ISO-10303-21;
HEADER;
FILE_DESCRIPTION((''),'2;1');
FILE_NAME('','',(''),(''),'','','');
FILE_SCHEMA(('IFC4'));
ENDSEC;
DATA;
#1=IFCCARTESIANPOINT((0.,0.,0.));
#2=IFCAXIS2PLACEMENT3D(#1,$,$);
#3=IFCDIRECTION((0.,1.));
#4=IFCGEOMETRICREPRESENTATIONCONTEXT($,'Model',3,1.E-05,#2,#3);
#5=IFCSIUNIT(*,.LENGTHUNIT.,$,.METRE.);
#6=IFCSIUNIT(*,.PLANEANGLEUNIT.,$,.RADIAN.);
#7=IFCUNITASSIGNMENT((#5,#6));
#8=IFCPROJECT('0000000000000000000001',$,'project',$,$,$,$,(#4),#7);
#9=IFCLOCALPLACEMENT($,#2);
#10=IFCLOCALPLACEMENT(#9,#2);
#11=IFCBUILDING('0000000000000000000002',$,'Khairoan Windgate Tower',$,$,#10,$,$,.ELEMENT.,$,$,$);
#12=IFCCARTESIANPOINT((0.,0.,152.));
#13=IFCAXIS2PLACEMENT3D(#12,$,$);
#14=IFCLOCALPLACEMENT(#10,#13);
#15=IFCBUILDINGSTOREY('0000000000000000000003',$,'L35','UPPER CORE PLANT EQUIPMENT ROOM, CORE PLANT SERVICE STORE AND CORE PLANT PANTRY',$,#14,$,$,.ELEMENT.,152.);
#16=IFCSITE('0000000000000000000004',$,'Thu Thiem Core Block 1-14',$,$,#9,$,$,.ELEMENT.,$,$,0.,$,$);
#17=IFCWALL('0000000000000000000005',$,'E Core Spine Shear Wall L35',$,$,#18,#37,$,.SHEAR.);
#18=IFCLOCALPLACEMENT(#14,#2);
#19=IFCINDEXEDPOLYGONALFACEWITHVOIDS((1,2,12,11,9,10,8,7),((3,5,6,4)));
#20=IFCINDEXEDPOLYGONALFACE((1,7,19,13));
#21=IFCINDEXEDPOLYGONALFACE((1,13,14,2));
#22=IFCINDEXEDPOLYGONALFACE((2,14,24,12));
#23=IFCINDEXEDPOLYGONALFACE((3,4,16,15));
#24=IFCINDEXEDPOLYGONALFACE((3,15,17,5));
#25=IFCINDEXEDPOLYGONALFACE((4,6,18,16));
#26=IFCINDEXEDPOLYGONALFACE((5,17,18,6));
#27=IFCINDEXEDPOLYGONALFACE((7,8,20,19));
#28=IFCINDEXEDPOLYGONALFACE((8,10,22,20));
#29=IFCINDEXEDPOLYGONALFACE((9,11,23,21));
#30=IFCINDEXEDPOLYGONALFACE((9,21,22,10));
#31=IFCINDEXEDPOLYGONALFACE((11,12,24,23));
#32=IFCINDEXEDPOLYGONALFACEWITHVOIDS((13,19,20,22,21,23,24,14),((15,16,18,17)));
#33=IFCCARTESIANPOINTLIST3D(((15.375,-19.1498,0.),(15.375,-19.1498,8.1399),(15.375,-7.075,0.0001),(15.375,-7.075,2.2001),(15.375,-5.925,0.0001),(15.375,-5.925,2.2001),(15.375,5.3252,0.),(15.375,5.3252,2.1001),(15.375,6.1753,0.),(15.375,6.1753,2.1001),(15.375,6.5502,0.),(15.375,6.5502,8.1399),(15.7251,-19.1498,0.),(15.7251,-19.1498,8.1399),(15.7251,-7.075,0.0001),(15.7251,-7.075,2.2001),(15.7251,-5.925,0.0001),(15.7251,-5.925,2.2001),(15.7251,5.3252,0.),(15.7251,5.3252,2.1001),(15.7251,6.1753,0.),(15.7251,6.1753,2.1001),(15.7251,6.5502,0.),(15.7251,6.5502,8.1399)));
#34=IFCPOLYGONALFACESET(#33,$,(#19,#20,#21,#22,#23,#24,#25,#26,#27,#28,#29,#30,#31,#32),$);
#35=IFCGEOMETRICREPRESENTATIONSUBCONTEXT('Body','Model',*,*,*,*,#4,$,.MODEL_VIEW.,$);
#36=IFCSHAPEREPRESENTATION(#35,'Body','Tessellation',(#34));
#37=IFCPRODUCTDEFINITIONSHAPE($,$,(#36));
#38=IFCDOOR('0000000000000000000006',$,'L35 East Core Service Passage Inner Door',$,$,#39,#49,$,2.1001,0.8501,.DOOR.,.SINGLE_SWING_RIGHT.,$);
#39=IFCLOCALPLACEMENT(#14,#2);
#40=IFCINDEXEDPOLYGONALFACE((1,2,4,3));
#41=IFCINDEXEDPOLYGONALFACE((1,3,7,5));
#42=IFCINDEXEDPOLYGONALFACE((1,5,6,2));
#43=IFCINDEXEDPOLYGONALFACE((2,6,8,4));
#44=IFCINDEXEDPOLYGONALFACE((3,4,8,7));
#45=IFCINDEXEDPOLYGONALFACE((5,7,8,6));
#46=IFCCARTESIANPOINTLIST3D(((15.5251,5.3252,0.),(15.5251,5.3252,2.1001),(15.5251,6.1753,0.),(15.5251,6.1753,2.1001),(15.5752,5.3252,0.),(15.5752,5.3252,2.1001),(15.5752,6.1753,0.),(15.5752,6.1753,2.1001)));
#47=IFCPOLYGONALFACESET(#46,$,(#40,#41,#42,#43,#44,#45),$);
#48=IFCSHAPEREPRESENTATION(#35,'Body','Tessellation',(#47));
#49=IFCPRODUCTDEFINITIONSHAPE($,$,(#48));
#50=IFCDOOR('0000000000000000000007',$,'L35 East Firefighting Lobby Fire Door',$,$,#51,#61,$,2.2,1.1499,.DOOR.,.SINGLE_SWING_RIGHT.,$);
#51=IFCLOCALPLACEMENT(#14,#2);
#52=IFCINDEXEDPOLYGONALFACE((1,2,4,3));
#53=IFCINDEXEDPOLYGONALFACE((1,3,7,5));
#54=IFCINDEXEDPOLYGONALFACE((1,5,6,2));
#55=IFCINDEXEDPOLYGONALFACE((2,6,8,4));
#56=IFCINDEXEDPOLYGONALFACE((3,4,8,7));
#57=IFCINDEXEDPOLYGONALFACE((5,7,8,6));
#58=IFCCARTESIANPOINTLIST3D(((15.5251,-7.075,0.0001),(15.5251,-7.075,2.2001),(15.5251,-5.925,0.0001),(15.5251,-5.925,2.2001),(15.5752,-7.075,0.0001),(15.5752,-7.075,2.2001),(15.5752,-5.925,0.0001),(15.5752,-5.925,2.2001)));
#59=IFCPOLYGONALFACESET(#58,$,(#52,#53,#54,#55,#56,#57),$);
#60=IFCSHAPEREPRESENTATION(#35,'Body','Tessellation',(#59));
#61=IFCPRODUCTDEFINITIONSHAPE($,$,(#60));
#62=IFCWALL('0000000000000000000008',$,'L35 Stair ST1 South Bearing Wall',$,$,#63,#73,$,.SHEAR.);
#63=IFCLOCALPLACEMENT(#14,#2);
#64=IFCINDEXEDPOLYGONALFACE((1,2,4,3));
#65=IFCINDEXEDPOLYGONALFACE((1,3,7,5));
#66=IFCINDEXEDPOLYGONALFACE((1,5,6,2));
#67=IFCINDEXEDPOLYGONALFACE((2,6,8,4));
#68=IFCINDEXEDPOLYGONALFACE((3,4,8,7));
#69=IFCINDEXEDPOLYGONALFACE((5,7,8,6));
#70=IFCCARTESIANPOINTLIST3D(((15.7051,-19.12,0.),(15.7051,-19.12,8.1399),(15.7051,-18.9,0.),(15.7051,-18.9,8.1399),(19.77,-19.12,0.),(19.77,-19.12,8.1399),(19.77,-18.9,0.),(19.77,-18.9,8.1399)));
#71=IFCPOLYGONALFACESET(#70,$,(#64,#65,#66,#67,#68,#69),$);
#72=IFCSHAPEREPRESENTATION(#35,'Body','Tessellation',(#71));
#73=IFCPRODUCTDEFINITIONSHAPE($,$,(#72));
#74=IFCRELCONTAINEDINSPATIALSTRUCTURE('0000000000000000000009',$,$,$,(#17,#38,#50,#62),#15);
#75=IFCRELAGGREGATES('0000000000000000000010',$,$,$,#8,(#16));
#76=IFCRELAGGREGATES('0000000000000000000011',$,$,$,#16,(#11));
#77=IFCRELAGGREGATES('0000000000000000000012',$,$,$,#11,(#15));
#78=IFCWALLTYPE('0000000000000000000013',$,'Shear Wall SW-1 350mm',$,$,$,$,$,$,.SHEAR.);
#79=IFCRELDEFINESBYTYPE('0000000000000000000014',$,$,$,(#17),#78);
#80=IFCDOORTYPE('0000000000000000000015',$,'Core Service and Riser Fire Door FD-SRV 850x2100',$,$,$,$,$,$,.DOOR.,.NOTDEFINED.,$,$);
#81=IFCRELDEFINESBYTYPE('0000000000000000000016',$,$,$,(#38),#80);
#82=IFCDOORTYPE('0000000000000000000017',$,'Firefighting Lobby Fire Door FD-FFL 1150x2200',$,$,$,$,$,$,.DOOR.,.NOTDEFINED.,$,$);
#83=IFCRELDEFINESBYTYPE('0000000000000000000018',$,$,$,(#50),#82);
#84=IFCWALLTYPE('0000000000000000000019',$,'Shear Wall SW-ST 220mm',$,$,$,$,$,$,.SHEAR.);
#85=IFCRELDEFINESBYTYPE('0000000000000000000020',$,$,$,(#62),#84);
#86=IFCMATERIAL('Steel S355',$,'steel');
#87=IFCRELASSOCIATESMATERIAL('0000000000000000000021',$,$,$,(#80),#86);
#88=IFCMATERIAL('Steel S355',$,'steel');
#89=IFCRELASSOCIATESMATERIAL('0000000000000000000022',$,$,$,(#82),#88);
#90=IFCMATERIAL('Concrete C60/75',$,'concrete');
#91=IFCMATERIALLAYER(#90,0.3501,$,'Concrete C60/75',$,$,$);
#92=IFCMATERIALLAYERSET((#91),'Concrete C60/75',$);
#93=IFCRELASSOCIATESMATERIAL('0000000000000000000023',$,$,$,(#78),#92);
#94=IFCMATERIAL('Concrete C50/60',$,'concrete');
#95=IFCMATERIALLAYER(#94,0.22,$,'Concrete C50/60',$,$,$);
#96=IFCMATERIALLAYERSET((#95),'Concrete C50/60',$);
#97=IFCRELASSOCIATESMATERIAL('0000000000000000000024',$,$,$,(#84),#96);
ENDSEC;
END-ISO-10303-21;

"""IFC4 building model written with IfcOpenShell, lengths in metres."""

from ifc_helpers import new_model, si_unit, direction, frame, frame_2d, origin, place, context, subcontext, project, spatial, rectangle, extrude, material, layer, layer_set, type_object, element, fill, save


model = new_model("IFC4")

# Units and contexts
model_context = context("Model", 3, precision=1e-05, world=origin(), true_north=direction((0.0, 1.0)))
body_context = subcontext(model_context, "Body", "Model", "MODEL_VIEW")
ifc_project = project(units=[si_unit("LENGTHUNIT", "METRE"), si_unit("PLANEANGLEUNIT", "RADIAN")], contexts=[model_context])

# Site, building, storey
site_placement = place(None, origin())
site = spatial("IfcSite", under=ifc_project, at=site_placement, Name="Thu Thiem Core Block 1-14", CompositionType="ELEMENT", RefElevation=0.0)
building_placement = place(site_placement, origin())
building = spatial("IfcBuilding", under=site, at=building_placement, Name="Khairoan Windgate Tower", CompositionType="ELEMENT")
storey_placement = place(building_placement, frame((0.0, 0.0, 152.0)))
storey = spatial("IfcBuildingStorey", under=building, at=storey_placement, Name="L35", Description="UPPER CORE PLANT EQUIPMENT ROOM, CORE PLANT SERVICE STORE AND CORE PLANT PANTRY", CompositionType="ELEMENT", Elevation=152.0)

# Shared definitions
ifc_material_1 = material(Name="Steel S355", Category="steel")
door_type_1 = type_object("IfcDoorType", Name="Core Service and Riser Fire Door FD-SRV 850x2100", OperationType="NOTDEFINED", PredefinedType="DOOR", material=ifc_material_1)
ifc_material_2 = material(Name="Steel S355", Category="steel")
door_type_2 = type_object("IfcDoorType", Name="Firefighting Lobby Fire Door FD-FFL 1150x2200", OperationType="NOTDEFINED", PredefinedType="DOOR", material=ifc_material_2)

# Wall, openings, doors
ifc_material_3 = material(Name="Concrete C60/75", Category="concrete")
ifc_layer_1 = layer(ifc_material_3, 0.3501, Name="Concrete C60/75")
ifc_layer_set_1 = layer_set([ifc_layer_1], Name="Concrete C60/75")
wall_type_1 = type_object("IfcWallType", Name="Shear Wall SW-1 350mm", PredefinedType="SHEAR", material=ifc_layer_set_1)
wall_1_placement = place(storey_placement, frame((15.55, -19.1499, 0.0), z_axis=(0.0, 0.0, 1.0), x_axis=(0.0, 1.0, 0.0)))
wall_1 = element("IfcWall", 1, at=wall_1_placement, inside=storey, type_object=wall_type_1, Name="E Core Spine Shear Wall L35", PredefinedType="SHEAR", context=body_context, shape_type="SweptSolid", body=[
    extrude(rectangle(XDim=25.7, YDim=0.3501, at=frame_2d((12.8501, 0.0))), origin(), (0.0, 0.0, 1.0), 8.1399),
])
opening_1_placement = place(wall_1_placement, frame((12.075, 0.0, 0.0)))
opening_1 = element("IfcOpeningElement", 2, at=opening_1_placement, cuts=wall_1, PredefinedType="OPENING", context=body_context, shape_type="SweptSolid", body=[
    extrude(rectangle(XDim=1.1499, YDim=2.2, at=frame_2d((0.575, 1.1001))), frame((0.0, 0.1851, 0.0), z_axis=(0.0, -1.0, 0.0), x_axis=(1.0, 0.0, 0.0)), (0.0, 0.0, 1.0), 0.3701),
])
opening_2_placement = place(wall_1_placement, frame((24.4751, 0.0, 0.0)))
opening_2 = element("IfcOpeningElement", 3, at=opening_2_placement, cuts=wall_1, PredefinedType="OPENING", context=body_context, shape_type="SweptSolid", body=[
    extrude(rectangle(XDim=0.8501, YDim=2.1001, at=frame_2d((0.425, 1.05))), frame((0.0, 0.1851, 0.0), z_axis=(0.0, -1.0, 0.0), x_axis=(1.0, 0.0, 0.0)), (0.0, 0.0, 1.0), 0.3701),
])
door_1_placement = place(opening_2_placement, origin())
door_1 = element("IfcDoor", 4, at=door_1_placement, inside=storey, type_object=door_type_1, Name="L35 East Core Service Passage Inner Door", OperationType="SINGLE_SWING_RIGHT", OverallHeight=2.1001, OverallWidth=0.8501, PredefinedType="DOOR", context=body_context, shape_type="SweptSolid", body=[
    extrude(rectangle(XDim=0.8501, YDim=2.1001, at=frame_2d((0.425, 1.05))), frame((0.0, 0.0249, 0.0), z_axis=(0.0, -1.0, 0.0), x_axis=(1.0, 0.0, 0.0)), (0.0, 0.0, 1.0), 0.05),
])
fill(opening_2, door_1)
door_2_placement = place(opening_1_placement, origin())
door_2 = element("IfcDoor", 5, at=door_2_placement, inside=storey, type_object=door_type_2, Name="L35 East Firefighting Lobby Fire Door", OperationType="SINGLE_SWING_RIGHT", OverallHeight=2.2, OverallWidth=1.1499, PredefinedType="DOOR", context=body_context, shape_type="SweptSolid", body=[
    extrude(rectangle(XDim=1.1499, YDim=2.2, at=frame_2d((0.575, 1.1001))), frame((0.0, 0.0249, 0.0), z_axis=(0.0, -1.0, 0.0), x_axis=(1.0, 0.0, 0.0)), (0.0, 0.0, 1.0), 0.05),
])
fill(opening_1, door_2)

# Wall
ifc_material_4 = material(Name="Concrete C50/60", Category="concrete")
ifc_layer_2 = layer(ifc_material_4, 0.22, Name="Concrete C50/60")
ifc_layer_set_2 = layer_set([ifc_layer_2], Name="Concrete C50/60")
wall_type_2 = type_object("IfcWallType", Name="Shear Wall SW-ST 220mm", PredefinedType="SHEAR", material=ifc_layer_set_2)
wall_2_placement = place(storey_placement, frame((15.7051, -19.01, 0.0), z_axis=(0.0, 0.0, 1.0), x_axis=(1.0, 0.0, 0.0)))
element("IfcWall", 6, at=wall_2_placement, inside=storey, type_object=wall_type_2, Name="L35 Stair ST1 South Bearing Wall", PredefinedType="SHEAR", context=body_context, shape_type="SweptSolid", body=[
    extrude(rectangle(XDim=4.0649, YDim=0.22, at=frame_2d((2.0325, 0.0))), origin(), (0.0, 0.0, 1.0), 8.1399),
])

save(model, "model.ifc")
